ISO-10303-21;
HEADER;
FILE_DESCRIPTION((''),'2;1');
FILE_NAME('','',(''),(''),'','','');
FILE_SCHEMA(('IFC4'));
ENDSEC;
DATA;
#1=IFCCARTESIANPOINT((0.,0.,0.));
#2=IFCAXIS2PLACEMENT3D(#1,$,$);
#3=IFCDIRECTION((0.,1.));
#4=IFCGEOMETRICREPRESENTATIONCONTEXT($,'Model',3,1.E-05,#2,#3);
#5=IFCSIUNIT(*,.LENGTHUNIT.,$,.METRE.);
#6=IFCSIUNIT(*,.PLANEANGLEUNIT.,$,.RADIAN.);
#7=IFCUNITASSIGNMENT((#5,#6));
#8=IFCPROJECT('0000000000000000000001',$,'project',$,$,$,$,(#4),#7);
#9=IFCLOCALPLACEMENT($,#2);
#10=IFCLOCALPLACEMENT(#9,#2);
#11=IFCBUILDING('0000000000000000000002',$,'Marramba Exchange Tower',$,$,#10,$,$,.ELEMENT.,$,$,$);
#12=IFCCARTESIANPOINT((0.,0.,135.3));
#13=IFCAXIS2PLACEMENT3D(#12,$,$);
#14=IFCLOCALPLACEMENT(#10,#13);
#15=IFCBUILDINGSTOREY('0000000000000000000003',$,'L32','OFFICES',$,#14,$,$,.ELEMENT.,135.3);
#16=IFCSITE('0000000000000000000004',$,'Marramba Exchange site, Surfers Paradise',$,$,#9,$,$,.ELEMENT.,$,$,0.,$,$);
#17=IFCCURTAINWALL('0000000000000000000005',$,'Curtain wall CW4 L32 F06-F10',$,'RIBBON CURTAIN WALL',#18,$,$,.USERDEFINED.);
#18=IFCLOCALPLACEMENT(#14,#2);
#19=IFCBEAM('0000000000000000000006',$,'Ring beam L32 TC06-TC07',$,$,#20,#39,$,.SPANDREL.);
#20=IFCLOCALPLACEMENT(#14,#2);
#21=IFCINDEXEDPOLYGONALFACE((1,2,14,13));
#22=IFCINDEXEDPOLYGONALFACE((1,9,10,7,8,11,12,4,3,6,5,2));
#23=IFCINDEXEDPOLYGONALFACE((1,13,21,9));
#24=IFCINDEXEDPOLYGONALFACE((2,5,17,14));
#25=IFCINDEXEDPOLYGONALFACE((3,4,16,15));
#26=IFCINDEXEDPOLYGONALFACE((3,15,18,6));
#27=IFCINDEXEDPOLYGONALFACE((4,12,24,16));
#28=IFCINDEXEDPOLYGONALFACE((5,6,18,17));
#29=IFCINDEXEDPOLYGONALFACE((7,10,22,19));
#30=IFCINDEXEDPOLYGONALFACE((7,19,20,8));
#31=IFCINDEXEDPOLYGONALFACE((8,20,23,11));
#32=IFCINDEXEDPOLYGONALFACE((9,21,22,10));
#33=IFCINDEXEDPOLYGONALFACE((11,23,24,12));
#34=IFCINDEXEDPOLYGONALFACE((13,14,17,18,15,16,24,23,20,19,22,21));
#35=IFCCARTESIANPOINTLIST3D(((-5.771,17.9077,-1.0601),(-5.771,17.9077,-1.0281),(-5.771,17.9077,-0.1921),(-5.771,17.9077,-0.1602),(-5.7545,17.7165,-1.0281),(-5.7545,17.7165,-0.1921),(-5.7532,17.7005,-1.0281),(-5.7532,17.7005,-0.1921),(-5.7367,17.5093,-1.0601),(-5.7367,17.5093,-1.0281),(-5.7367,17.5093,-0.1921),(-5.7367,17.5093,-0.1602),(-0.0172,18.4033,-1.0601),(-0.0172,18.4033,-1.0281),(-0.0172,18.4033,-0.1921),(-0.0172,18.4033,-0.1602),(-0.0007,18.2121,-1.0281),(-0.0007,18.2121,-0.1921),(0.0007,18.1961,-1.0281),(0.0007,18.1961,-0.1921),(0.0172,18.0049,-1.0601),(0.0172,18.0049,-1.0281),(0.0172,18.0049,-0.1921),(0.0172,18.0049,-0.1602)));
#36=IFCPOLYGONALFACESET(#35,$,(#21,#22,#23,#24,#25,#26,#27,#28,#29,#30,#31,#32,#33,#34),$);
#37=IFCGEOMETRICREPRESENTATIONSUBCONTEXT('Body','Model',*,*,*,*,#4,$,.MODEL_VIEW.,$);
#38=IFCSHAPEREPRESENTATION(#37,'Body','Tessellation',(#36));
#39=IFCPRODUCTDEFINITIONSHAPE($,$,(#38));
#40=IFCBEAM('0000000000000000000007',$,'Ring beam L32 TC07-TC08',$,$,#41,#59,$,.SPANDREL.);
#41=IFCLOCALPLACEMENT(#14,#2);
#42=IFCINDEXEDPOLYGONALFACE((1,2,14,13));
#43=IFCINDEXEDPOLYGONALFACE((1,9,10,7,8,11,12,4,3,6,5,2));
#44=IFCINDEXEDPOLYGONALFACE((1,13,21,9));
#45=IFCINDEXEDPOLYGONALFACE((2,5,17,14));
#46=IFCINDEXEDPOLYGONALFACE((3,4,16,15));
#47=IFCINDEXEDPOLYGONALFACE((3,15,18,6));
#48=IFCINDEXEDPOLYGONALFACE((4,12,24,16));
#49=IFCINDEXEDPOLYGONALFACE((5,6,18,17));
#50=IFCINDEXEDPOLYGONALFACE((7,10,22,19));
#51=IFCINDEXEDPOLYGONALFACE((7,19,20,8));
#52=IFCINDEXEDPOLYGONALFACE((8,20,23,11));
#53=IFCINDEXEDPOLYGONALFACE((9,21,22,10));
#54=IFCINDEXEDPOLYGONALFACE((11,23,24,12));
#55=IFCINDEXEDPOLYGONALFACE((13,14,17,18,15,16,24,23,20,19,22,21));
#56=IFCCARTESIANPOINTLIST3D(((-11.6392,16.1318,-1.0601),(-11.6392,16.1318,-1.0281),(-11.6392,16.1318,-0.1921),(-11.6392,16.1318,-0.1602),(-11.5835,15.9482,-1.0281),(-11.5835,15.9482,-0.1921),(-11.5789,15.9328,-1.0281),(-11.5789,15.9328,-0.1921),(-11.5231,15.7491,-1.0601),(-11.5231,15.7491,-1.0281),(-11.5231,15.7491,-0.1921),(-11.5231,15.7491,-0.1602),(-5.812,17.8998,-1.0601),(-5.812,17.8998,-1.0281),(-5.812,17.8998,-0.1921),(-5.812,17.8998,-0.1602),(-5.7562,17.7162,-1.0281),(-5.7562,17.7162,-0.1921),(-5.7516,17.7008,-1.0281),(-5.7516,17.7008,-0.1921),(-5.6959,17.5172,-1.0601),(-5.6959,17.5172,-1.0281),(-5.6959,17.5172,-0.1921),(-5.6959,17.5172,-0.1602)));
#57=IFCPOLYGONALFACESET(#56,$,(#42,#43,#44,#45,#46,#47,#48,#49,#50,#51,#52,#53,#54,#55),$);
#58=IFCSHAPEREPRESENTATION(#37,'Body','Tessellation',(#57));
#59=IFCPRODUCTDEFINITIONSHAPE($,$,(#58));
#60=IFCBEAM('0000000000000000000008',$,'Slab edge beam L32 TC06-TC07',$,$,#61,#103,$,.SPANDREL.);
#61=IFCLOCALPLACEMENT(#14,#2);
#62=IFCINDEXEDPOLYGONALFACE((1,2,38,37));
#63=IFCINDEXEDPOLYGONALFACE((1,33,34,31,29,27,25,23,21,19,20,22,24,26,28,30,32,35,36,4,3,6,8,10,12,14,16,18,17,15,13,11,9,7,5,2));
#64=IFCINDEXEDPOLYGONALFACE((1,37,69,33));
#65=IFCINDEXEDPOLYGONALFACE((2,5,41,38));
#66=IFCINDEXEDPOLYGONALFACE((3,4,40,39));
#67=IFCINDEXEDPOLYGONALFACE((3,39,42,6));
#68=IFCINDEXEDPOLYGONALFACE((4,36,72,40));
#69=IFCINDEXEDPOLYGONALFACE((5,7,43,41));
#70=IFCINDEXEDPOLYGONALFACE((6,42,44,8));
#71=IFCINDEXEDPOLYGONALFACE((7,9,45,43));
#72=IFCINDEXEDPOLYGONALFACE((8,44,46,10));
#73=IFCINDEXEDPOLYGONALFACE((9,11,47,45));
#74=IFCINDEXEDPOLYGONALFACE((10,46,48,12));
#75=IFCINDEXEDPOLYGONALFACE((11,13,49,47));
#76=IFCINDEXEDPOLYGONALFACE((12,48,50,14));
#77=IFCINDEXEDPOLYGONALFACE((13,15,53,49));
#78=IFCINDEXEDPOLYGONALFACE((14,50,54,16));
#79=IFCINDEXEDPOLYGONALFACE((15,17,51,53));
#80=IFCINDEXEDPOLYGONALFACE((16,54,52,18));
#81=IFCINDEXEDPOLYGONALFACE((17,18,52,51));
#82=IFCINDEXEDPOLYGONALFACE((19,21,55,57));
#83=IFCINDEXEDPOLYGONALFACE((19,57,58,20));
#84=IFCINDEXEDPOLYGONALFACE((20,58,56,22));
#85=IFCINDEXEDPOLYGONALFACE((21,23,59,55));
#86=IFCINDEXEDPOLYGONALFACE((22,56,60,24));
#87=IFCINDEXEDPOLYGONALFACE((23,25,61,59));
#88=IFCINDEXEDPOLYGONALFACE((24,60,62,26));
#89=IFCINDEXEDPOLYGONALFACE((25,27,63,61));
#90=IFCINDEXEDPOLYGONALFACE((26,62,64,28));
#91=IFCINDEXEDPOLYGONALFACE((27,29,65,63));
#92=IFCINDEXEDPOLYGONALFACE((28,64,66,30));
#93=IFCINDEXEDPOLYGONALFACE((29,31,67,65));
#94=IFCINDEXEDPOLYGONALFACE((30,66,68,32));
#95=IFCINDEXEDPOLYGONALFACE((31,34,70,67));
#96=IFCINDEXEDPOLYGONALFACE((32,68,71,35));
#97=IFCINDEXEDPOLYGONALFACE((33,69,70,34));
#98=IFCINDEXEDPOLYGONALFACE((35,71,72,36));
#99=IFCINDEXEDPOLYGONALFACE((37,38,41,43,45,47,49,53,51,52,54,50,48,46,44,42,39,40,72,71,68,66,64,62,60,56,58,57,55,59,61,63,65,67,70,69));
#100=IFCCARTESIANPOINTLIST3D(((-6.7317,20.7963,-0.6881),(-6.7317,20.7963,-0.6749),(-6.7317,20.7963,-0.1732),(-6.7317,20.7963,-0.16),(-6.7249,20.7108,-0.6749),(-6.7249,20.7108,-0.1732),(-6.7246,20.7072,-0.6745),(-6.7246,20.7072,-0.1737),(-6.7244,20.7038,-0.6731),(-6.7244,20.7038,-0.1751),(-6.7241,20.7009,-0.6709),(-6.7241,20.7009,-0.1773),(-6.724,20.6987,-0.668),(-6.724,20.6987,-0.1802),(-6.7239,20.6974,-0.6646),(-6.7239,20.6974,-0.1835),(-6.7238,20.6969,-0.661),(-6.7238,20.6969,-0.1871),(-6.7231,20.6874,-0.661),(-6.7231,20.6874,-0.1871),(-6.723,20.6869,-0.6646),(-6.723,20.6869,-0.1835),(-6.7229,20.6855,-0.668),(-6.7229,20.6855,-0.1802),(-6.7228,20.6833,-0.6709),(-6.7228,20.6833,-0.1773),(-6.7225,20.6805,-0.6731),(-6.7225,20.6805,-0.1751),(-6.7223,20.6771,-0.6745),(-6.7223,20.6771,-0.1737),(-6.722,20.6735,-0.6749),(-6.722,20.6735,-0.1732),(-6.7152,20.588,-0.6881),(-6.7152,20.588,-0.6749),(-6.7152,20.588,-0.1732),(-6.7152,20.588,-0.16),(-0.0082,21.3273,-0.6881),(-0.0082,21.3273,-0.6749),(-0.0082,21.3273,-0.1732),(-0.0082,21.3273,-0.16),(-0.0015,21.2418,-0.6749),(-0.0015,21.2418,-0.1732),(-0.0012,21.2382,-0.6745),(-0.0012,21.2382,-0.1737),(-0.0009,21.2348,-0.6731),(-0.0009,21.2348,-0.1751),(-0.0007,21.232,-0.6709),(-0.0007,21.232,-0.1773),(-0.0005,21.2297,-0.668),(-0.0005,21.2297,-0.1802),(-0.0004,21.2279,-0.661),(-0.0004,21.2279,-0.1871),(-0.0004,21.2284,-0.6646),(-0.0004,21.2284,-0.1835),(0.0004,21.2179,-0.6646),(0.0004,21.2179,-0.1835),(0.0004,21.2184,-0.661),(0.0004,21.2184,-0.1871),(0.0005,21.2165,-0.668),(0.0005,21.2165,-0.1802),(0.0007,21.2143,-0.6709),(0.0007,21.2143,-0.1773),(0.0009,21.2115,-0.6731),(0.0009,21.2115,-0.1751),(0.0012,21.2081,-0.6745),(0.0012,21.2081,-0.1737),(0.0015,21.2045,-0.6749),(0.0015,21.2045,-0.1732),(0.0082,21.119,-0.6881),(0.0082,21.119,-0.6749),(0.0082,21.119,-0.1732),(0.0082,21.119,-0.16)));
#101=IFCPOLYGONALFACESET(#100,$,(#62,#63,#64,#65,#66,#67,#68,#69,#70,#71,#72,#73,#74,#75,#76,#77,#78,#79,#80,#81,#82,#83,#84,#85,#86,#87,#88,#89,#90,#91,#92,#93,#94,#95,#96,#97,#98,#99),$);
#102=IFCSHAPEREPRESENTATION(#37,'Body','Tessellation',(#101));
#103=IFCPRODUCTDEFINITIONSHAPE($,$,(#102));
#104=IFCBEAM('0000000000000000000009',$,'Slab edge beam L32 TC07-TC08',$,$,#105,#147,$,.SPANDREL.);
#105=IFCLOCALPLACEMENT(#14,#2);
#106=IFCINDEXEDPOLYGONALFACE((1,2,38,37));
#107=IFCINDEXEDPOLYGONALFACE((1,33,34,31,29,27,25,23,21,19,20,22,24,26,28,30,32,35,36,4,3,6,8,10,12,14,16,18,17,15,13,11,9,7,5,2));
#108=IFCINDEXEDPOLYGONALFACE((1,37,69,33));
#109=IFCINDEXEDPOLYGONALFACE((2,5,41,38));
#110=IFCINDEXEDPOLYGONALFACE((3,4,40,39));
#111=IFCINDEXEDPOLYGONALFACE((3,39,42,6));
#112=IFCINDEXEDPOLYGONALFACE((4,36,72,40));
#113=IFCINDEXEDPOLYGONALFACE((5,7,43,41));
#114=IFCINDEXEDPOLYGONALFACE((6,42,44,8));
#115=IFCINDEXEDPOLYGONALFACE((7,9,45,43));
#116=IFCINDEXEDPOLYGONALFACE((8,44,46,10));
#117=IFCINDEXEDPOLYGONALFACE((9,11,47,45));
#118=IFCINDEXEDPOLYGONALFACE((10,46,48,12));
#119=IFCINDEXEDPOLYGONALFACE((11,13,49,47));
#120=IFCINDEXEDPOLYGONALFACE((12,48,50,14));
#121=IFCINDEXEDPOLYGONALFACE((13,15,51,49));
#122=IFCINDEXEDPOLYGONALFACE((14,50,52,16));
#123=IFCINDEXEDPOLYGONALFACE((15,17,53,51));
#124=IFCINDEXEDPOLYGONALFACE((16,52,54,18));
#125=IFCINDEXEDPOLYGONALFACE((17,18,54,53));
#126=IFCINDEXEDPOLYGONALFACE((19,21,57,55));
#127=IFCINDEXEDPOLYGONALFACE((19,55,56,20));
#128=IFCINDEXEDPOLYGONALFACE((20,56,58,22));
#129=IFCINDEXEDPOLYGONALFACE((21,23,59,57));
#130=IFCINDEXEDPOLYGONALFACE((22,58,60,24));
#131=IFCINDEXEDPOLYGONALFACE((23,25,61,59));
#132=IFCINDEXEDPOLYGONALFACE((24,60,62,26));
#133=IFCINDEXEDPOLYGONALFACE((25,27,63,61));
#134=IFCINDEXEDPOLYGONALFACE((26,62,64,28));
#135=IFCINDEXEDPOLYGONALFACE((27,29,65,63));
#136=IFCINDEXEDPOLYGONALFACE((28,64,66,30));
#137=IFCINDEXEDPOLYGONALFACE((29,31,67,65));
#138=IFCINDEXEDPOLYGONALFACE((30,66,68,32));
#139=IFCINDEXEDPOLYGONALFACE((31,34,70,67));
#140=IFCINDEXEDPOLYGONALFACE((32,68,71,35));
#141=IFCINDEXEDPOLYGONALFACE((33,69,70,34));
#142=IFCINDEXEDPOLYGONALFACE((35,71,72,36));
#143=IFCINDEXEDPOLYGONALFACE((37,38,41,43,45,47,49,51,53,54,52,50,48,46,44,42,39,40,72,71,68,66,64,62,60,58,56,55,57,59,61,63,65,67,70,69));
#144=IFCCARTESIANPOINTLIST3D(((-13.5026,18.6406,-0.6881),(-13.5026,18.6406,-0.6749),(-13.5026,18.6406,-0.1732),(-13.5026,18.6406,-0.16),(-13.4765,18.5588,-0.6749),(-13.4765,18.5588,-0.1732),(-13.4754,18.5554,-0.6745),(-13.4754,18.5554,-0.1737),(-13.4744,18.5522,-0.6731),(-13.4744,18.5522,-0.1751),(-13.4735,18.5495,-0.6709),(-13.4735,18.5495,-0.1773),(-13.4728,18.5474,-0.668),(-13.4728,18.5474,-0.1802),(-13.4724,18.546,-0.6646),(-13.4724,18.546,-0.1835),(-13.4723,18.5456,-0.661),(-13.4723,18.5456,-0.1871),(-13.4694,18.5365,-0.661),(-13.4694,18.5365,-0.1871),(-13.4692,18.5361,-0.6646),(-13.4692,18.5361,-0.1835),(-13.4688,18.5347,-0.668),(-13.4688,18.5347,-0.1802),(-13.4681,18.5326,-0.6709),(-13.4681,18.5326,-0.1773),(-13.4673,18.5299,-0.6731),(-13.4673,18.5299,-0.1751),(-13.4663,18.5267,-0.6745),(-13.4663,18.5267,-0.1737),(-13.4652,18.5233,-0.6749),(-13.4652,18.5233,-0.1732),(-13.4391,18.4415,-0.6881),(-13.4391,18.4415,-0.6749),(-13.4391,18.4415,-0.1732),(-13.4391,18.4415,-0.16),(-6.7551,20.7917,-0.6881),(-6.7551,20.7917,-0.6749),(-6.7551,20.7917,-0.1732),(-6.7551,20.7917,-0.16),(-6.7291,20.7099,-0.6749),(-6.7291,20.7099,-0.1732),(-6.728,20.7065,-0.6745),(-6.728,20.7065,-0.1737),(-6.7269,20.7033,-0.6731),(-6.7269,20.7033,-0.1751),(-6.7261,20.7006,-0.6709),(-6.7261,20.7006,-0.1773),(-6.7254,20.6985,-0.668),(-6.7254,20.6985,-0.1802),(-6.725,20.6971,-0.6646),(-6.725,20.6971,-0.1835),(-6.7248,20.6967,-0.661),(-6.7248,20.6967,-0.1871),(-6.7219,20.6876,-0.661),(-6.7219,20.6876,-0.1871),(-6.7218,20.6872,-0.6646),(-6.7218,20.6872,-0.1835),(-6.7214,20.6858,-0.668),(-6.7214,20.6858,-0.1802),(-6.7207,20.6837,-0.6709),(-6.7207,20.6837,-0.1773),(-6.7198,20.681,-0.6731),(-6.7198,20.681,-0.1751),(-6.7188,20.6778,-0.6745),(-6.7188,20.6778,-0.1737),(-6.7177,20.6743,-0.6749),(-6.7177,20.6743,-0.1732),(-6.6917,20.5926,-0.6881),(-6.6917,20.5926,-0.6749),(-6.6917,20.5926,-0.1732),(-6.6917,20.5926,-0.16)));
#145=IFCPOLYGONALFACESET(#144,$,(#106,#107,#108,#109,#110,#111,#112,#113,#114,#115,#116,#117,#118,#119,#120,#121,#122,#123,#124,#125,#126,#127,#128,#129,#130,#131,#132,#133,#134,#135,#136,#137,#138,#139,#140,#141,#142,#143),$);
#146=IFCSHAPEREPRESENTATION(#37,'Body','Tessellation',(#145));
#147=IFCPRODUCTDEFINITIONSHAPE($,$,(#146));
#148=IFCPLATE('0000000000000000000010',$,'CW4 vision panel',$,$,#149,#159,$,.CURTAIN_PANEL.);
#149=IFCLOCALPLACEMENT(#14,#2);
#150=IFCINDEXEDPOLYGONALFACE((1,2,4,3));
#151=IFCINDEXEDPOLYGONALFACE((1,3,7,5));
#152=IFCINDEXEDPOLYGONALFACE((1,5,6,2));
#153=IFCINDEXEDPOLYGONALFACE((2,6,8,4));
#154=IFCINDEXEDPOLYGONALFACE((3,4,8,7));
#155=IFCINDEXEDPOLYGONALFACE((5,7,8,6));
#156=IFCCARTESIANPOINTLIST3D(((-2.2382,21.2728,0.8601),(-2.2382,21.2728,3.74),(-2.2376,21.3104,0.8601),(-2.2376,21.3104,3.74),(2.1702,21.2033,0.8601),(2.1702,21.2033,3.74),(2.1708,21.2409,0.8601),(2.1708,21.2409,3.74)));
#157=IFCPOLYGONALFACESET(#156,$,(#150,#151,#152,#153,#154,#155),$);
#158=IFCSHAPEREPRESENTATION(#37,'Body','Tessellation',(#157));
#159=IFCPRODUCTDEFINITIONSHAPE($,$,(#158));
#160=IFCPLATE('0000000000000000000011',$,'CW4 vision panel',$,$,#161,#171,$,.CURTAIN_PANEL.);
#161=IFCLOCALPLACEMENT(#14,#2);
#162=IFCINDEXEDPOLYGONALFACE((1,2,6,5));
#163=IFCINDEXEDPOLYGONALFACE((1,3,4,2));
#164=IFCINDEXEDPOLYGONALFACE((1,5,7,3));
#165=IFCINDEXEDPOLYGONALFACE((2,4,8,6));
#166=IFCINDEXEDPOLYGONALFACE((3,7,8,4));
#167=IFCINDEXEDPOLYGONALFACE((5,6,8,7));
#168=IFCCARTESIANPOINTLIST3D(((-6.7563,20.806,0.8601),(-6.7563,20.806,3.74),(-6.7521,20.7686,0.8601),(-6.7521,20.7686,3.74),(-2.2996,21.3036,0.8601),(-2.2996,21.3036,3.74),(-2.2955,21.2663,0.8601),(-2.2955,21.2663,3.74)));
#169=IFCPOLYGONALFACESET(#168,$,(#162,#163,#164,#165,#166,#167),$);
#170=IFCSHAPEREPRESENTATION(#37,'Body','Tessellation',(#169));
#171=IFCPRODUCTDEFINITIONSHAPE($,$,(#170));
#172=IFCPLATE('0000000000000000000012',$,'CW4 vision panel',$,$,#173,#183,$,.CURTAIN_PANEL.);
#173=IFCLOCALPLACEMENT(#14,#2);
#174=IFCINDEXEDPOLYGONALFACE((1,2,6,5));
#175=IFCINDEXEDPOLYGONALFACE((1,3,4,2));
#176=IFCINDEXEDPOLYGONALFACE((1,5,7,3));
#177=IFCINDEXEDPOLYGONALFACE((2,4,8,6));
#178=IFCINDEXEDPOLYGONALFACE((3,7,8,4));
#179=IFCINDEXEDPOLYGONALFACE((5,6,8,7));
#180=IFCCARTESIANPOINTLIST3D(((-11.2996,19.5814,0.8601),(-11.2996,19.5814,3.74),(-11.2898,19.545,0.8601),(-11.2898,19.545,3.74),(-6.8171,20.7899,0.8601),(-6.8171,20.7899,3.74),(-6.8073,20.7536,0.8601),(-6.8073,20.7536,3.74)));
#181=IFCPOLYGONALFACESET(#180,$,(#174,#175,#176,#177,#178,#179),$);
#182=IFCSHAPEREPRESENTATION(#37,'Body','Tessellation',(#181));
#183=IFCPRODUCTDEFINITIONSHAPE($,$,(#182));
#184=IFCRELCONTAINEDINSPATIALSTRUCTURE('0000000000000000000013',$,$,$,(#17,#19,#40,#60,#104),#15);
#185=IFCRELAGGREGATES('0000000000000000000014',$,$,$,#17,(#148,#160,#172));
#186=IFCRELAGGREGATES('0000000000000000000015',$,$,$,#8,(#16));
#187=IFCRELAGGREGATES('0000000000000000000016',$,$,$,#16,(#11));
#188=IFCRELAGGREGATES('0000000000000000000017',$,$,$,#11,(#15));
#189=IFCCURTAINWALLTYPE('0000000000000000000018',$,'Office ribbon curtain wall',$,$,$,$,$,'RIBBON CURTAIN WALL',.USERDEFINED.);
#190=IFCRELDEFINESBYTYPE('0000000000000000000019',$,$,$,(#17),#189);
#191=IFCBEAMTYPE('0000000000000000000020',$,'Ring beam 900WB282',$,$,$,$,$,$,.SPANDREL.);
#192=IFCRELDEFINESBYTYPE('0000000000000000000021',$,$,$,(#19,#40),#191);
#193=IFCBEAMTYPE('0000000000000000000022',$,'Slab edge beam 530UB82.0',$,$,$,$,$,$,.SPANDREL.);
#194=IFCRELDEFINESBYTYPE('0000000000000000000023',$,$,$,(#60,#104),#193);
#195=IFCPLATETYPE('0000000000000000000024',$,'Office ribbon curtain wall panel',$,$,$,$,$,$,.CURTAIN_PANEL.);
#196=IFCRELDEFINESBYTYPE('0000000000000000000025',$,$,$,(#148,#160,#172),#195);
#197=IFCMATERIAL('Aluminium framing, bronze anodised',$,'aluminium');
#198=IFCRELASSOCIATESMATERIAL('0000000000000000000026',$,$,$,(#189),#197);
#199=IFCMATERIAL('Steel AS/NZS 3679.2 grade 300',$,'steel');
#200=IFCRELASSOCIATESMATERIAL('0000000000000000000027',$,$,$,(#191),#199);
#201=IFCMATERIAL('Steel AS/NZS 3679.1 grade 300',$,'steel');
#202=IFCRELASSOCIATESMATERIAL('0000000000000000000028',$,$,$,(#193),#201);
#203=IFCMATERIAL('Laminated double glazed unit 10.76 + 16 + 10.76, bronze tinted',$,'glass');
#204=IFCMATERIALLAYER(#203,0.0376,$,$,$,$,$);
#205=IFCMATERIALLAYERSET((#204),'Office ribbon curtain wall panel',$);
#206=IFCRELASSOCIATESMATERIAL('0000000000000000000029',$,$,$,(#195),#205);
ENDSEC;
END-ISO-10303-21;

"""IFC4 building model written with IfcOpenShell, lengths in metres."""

from ifc_helpers import new_model, si_unit, direction, frame, origin, origin_2d, place, context, subcontext, project, spatial, rectangle, i_section, extrude, material, layer, layer_set, material_profile, profile_set, type_object, element, aggregate, save


model = new_model("IFC4")

# Units and contexts
model_context = context("Model", 3, precision=1e-05, world=origin(), true_north=direction((0.0, 1.0)))
body_context = subcontext(model_context, "Body", "Model", "MODEL_VIEW")
ifc_project = project(units=[si_unit("LENGTHUNIT", "METRE"), si_unit("PLANEANGLEUNIT", "RADIAN")], contexts=[model_context])

# Site, building, storey
site_placement = place(None, origin())
site = spatial("IfcSite", under=ifc_project, at=site_placement, Name="Marramba Exchange site, Surfers Paradise", CompositionType="ELEMENT", RefElevation=0.0)
building_placement = place(site_placement, origin())
building = spatial("IfcBuilding", under=site, at=building_placement, Name="Marramba Exchange Tower", CompositionType="ELEMENT")
storey_placement = place(building_placement, frame((0.0, 0.0, 135.3)))
storey = spatial("IfcBuildingStorey", under=building, at=storey_placement, Name="L32", Description="OFFICES", CompositionType="ELEMENT", Elevation=135.3)

# Shared definitions
ifc_material_1 = material(Name="Steel AS/NZS 3679.2 grade 300", Category="steel")

# Curtain wall
ifc_material_2 = material(Name="Aluminium framing, bronze anodised", Category="aluminium")
curtain_wall_type = type_object("IfcCurtainWallType", Name="Office ribbon curtain wall", ElementType="RIBBON CURTAIN WALL", PredefinedType="USERDEFINED", material=ifc_material_2)
curtain_wall_1_placement = place(storey_placement, origin())
curtain_wall_1 = element("IfcCurtainWall", 1, at=curtain_wall_1_placement, inside=storey, type_object=curtain_wall_type, Name="Curtain wall CW4 L32 F06-F10", ObjectType="RIBBON CURTAIN WALL", PredefinedType="USERDEFINED")

# Beams
ifc_material_profile_1 = material_profile(ifc_material_1, i_section(OverallWidth=0.3999, OverallDepth=0.8999, WebThickness=0.0161, FlangeThickness=0.032, at=origin_2d()), Name="900WB282")
ifc_profile_set_1 = profile_set([ifc_material_profile_1], Name="Steel AS/NZS 3679.2 grade 300")
beam_type_1 = type_object("IfcBeamType", Name="Ring beam 900WB282", PredefinedType="SPANDREL", material=ifc_profile_set_1)
beam_1_placement = place(storey_placement, frame((0.0, 18.2041, -0.6101), z_axis=(-0.996311, -0.085816, 0.0), x_axis=(0.085816, -0.996311, 0.0)))
element("IfcBeam", 2, at=beam_1_placement, inside=storey, type_object=beam_type_1, Name="Ring beam L32 TC06-TC07", PredefinedType="SPANDREL", context=body_context, shape_type="SweptSolid", body=[
    extrude(i_section(OverallWidth=0.3999, OverallDepth=0.8999, WebThickness=0.0161, FlangeThickness=0.032, at=origin_2d()), origin(), (0.0, 0.0, 1.0), 5.7751),
])
beam_2_placement = place(storey_placement, frame((-5.7539, 17.7085, -0.6101), z_axis=(-0.956925, -0.290337, 0.0), x_axis=(0.290337, -0.956925, 0.0)))
element("IfcBeam", 3, at=beam_2_placement, inside=storey, type_object=beam_type_1, Name="Ring beam L32 TC07-TC08", PredefinedType="SPANDREL", context=body_context, shape_type="SweptSolid", body=[
    extrude(i_section(OverallWidth=0.3999, OverallDepth=0.8999, WebThickness=0.0161, FlangeThickness=0.032, at=origin_2d()), origin(), (0.0, 0.0, 1.0), 6.0896),
])
ifc_material_3 = material(Name="Steel AS/NZS 3679.1 grade 300", Category="steel")
ifc_material_profile_2 = material_profile(ifc_material_3, i_section(OverallWidth=0.209, OverallDepth=0.5281, WebThickness=0.0095, FlangeThickness=0.0132, FilletRadius=0.0139, at=origin_2d()), Name="530UB82.0")
ifc_profile_set_2 = profile_set([ifc_material_profile_2], Name="Steel AS/NZS 3679.1 grade 300")
beam_type_2 = type_object("IfcBeamType", Name="Slab edge beam 530UB82.0", PredefinedType="SPANDREL", material=ifc_profile_set_2)
beam_3_placement = place(storey_placement, frame((0.0, 21.2231, -0.4241), z_axis=(-0.996896, -0.078734, 0.0), x_axis=(0.078734, -0.996896, 0.0)))
element("IfcBeam", 4, at=beam_3_placement, inside=storey, type_object=beam_type_2, Name="Slab edge beam L32 TC06-TC07", PredefinedType="SPANDREL", context=body_context, shape_type="SweptSolid", body=[
    extrude(i_section(OverallWidth=0.209, OverallDepth=0.5281, WebThickness=0.0095, FlangeThickness=0.0132, FilletRadius=0.0139, at=origin_2d()), origin(), (0.0, 0.0, 1.0), 6.7444),
])
beam_4_placement = place(storey_placement, frame((-6.7234, 20.6921, -0.4241), z_axis=(-0.952755, -0.303739, 0.0), x_axis=(0.303739, -0.952755, 0.0)))
element("IfcBeam", 5, at=beam_4_placement, inside=storey, type_object=beam_type_2, Name="Slab edge beam L32 TC07-TC08", PredefinedType="SPANDREL", context=body_context, shape_type="SweptSolid", body=[
    extrude(i_section(OverallWidth=0.209, OverallDepth=0.5281, WebThickness=0.0095, FlangeThickness=0.0132, FilletRadius=0.0139, at=origin_2d()), origin(), (0.0, 0.0, 1.0), 7.082),
])

# Plates
ifc_material_4 = material(Name="Laminated double glazed unit 10.76 + 16 + 10.76, bronze tinted", Category="glass")
ifc_layer_1 = layer(ifc_material_4, 0.0376)
ifc_layer_set_1 = layer_set([ifc_layer_1], Name="Office ribbon curtain wall panel")
plate_type = type_object("IfcPlateType", Name="Office ribbon curtain wall panel", PredefinedType="CURTAIN_PANEL", material=ifc_layer_set_1)
plate_1_placement = place(storey_placement, frame((-0.0337, 21.2568, 0.8601), z_axis=(0.0, 0.0, 1.0), x_axis=(-0.999876, 0.015756, 0.0)))
plate_1 = element("IfcPlate", 6, at=plate_1_placement, type_object=plate_type, Name="CW4 vision panel", PredefinedType="CURTAIN_PANEL", context=body_context, shape_type="SweptSolid", body=[
    extrude(rectangle(XDim=4.4089, YDim=0.0376, at=origin_2d()), origin(), (0.0, 0.0, 1.0), 2.8799),
])
plate_2_placement = place(storey_placement, frame((-4.5259, 21.0361, 0.8601), z_axis=(0.0, 0.0, 1.0), x_axis=(-0.993823, -0.110973, 0.0)))
plate_2 = element("IfcPlate", 7, at=plate_2_placement, type_object=plate_type, Name="CW4 vision panel", PredefinedType="CURTAIN_PANEL", context=body_context, shape_type="SweptSolid", body=[
    extrude(rectangle(XDim=4.4844, YDim=0.0376, at=origin_2d()), origin(), (0.0, 0.0, 1.0), 2.8799),
])
plate_3_placement = place(storey_placement, frame((-9.0535, 20.1675, 0.8601), z_axis=(0.0, 0.0, 1.0), x_axis=(-0.965522, -0.260321, 0.0)))
plate_3 = element("IfcPlate", 8, at=plate_3_placement, type_object=plate_type, Name="CW4 vision panel", PredefinedType="CURTAIN_PANEL", context=body_context, shape_type="SweptSolid", body=[
    extrude(rectangle(XDim=4.6426, YDim=0.0376, at=origin_2d()), origin(), (0.0, 0.0, 1.0), 2.8799),
])
aggregate(curtain_wall_1, [plate_1, plate_2, plate_3])

save(model, "model.ifc")
